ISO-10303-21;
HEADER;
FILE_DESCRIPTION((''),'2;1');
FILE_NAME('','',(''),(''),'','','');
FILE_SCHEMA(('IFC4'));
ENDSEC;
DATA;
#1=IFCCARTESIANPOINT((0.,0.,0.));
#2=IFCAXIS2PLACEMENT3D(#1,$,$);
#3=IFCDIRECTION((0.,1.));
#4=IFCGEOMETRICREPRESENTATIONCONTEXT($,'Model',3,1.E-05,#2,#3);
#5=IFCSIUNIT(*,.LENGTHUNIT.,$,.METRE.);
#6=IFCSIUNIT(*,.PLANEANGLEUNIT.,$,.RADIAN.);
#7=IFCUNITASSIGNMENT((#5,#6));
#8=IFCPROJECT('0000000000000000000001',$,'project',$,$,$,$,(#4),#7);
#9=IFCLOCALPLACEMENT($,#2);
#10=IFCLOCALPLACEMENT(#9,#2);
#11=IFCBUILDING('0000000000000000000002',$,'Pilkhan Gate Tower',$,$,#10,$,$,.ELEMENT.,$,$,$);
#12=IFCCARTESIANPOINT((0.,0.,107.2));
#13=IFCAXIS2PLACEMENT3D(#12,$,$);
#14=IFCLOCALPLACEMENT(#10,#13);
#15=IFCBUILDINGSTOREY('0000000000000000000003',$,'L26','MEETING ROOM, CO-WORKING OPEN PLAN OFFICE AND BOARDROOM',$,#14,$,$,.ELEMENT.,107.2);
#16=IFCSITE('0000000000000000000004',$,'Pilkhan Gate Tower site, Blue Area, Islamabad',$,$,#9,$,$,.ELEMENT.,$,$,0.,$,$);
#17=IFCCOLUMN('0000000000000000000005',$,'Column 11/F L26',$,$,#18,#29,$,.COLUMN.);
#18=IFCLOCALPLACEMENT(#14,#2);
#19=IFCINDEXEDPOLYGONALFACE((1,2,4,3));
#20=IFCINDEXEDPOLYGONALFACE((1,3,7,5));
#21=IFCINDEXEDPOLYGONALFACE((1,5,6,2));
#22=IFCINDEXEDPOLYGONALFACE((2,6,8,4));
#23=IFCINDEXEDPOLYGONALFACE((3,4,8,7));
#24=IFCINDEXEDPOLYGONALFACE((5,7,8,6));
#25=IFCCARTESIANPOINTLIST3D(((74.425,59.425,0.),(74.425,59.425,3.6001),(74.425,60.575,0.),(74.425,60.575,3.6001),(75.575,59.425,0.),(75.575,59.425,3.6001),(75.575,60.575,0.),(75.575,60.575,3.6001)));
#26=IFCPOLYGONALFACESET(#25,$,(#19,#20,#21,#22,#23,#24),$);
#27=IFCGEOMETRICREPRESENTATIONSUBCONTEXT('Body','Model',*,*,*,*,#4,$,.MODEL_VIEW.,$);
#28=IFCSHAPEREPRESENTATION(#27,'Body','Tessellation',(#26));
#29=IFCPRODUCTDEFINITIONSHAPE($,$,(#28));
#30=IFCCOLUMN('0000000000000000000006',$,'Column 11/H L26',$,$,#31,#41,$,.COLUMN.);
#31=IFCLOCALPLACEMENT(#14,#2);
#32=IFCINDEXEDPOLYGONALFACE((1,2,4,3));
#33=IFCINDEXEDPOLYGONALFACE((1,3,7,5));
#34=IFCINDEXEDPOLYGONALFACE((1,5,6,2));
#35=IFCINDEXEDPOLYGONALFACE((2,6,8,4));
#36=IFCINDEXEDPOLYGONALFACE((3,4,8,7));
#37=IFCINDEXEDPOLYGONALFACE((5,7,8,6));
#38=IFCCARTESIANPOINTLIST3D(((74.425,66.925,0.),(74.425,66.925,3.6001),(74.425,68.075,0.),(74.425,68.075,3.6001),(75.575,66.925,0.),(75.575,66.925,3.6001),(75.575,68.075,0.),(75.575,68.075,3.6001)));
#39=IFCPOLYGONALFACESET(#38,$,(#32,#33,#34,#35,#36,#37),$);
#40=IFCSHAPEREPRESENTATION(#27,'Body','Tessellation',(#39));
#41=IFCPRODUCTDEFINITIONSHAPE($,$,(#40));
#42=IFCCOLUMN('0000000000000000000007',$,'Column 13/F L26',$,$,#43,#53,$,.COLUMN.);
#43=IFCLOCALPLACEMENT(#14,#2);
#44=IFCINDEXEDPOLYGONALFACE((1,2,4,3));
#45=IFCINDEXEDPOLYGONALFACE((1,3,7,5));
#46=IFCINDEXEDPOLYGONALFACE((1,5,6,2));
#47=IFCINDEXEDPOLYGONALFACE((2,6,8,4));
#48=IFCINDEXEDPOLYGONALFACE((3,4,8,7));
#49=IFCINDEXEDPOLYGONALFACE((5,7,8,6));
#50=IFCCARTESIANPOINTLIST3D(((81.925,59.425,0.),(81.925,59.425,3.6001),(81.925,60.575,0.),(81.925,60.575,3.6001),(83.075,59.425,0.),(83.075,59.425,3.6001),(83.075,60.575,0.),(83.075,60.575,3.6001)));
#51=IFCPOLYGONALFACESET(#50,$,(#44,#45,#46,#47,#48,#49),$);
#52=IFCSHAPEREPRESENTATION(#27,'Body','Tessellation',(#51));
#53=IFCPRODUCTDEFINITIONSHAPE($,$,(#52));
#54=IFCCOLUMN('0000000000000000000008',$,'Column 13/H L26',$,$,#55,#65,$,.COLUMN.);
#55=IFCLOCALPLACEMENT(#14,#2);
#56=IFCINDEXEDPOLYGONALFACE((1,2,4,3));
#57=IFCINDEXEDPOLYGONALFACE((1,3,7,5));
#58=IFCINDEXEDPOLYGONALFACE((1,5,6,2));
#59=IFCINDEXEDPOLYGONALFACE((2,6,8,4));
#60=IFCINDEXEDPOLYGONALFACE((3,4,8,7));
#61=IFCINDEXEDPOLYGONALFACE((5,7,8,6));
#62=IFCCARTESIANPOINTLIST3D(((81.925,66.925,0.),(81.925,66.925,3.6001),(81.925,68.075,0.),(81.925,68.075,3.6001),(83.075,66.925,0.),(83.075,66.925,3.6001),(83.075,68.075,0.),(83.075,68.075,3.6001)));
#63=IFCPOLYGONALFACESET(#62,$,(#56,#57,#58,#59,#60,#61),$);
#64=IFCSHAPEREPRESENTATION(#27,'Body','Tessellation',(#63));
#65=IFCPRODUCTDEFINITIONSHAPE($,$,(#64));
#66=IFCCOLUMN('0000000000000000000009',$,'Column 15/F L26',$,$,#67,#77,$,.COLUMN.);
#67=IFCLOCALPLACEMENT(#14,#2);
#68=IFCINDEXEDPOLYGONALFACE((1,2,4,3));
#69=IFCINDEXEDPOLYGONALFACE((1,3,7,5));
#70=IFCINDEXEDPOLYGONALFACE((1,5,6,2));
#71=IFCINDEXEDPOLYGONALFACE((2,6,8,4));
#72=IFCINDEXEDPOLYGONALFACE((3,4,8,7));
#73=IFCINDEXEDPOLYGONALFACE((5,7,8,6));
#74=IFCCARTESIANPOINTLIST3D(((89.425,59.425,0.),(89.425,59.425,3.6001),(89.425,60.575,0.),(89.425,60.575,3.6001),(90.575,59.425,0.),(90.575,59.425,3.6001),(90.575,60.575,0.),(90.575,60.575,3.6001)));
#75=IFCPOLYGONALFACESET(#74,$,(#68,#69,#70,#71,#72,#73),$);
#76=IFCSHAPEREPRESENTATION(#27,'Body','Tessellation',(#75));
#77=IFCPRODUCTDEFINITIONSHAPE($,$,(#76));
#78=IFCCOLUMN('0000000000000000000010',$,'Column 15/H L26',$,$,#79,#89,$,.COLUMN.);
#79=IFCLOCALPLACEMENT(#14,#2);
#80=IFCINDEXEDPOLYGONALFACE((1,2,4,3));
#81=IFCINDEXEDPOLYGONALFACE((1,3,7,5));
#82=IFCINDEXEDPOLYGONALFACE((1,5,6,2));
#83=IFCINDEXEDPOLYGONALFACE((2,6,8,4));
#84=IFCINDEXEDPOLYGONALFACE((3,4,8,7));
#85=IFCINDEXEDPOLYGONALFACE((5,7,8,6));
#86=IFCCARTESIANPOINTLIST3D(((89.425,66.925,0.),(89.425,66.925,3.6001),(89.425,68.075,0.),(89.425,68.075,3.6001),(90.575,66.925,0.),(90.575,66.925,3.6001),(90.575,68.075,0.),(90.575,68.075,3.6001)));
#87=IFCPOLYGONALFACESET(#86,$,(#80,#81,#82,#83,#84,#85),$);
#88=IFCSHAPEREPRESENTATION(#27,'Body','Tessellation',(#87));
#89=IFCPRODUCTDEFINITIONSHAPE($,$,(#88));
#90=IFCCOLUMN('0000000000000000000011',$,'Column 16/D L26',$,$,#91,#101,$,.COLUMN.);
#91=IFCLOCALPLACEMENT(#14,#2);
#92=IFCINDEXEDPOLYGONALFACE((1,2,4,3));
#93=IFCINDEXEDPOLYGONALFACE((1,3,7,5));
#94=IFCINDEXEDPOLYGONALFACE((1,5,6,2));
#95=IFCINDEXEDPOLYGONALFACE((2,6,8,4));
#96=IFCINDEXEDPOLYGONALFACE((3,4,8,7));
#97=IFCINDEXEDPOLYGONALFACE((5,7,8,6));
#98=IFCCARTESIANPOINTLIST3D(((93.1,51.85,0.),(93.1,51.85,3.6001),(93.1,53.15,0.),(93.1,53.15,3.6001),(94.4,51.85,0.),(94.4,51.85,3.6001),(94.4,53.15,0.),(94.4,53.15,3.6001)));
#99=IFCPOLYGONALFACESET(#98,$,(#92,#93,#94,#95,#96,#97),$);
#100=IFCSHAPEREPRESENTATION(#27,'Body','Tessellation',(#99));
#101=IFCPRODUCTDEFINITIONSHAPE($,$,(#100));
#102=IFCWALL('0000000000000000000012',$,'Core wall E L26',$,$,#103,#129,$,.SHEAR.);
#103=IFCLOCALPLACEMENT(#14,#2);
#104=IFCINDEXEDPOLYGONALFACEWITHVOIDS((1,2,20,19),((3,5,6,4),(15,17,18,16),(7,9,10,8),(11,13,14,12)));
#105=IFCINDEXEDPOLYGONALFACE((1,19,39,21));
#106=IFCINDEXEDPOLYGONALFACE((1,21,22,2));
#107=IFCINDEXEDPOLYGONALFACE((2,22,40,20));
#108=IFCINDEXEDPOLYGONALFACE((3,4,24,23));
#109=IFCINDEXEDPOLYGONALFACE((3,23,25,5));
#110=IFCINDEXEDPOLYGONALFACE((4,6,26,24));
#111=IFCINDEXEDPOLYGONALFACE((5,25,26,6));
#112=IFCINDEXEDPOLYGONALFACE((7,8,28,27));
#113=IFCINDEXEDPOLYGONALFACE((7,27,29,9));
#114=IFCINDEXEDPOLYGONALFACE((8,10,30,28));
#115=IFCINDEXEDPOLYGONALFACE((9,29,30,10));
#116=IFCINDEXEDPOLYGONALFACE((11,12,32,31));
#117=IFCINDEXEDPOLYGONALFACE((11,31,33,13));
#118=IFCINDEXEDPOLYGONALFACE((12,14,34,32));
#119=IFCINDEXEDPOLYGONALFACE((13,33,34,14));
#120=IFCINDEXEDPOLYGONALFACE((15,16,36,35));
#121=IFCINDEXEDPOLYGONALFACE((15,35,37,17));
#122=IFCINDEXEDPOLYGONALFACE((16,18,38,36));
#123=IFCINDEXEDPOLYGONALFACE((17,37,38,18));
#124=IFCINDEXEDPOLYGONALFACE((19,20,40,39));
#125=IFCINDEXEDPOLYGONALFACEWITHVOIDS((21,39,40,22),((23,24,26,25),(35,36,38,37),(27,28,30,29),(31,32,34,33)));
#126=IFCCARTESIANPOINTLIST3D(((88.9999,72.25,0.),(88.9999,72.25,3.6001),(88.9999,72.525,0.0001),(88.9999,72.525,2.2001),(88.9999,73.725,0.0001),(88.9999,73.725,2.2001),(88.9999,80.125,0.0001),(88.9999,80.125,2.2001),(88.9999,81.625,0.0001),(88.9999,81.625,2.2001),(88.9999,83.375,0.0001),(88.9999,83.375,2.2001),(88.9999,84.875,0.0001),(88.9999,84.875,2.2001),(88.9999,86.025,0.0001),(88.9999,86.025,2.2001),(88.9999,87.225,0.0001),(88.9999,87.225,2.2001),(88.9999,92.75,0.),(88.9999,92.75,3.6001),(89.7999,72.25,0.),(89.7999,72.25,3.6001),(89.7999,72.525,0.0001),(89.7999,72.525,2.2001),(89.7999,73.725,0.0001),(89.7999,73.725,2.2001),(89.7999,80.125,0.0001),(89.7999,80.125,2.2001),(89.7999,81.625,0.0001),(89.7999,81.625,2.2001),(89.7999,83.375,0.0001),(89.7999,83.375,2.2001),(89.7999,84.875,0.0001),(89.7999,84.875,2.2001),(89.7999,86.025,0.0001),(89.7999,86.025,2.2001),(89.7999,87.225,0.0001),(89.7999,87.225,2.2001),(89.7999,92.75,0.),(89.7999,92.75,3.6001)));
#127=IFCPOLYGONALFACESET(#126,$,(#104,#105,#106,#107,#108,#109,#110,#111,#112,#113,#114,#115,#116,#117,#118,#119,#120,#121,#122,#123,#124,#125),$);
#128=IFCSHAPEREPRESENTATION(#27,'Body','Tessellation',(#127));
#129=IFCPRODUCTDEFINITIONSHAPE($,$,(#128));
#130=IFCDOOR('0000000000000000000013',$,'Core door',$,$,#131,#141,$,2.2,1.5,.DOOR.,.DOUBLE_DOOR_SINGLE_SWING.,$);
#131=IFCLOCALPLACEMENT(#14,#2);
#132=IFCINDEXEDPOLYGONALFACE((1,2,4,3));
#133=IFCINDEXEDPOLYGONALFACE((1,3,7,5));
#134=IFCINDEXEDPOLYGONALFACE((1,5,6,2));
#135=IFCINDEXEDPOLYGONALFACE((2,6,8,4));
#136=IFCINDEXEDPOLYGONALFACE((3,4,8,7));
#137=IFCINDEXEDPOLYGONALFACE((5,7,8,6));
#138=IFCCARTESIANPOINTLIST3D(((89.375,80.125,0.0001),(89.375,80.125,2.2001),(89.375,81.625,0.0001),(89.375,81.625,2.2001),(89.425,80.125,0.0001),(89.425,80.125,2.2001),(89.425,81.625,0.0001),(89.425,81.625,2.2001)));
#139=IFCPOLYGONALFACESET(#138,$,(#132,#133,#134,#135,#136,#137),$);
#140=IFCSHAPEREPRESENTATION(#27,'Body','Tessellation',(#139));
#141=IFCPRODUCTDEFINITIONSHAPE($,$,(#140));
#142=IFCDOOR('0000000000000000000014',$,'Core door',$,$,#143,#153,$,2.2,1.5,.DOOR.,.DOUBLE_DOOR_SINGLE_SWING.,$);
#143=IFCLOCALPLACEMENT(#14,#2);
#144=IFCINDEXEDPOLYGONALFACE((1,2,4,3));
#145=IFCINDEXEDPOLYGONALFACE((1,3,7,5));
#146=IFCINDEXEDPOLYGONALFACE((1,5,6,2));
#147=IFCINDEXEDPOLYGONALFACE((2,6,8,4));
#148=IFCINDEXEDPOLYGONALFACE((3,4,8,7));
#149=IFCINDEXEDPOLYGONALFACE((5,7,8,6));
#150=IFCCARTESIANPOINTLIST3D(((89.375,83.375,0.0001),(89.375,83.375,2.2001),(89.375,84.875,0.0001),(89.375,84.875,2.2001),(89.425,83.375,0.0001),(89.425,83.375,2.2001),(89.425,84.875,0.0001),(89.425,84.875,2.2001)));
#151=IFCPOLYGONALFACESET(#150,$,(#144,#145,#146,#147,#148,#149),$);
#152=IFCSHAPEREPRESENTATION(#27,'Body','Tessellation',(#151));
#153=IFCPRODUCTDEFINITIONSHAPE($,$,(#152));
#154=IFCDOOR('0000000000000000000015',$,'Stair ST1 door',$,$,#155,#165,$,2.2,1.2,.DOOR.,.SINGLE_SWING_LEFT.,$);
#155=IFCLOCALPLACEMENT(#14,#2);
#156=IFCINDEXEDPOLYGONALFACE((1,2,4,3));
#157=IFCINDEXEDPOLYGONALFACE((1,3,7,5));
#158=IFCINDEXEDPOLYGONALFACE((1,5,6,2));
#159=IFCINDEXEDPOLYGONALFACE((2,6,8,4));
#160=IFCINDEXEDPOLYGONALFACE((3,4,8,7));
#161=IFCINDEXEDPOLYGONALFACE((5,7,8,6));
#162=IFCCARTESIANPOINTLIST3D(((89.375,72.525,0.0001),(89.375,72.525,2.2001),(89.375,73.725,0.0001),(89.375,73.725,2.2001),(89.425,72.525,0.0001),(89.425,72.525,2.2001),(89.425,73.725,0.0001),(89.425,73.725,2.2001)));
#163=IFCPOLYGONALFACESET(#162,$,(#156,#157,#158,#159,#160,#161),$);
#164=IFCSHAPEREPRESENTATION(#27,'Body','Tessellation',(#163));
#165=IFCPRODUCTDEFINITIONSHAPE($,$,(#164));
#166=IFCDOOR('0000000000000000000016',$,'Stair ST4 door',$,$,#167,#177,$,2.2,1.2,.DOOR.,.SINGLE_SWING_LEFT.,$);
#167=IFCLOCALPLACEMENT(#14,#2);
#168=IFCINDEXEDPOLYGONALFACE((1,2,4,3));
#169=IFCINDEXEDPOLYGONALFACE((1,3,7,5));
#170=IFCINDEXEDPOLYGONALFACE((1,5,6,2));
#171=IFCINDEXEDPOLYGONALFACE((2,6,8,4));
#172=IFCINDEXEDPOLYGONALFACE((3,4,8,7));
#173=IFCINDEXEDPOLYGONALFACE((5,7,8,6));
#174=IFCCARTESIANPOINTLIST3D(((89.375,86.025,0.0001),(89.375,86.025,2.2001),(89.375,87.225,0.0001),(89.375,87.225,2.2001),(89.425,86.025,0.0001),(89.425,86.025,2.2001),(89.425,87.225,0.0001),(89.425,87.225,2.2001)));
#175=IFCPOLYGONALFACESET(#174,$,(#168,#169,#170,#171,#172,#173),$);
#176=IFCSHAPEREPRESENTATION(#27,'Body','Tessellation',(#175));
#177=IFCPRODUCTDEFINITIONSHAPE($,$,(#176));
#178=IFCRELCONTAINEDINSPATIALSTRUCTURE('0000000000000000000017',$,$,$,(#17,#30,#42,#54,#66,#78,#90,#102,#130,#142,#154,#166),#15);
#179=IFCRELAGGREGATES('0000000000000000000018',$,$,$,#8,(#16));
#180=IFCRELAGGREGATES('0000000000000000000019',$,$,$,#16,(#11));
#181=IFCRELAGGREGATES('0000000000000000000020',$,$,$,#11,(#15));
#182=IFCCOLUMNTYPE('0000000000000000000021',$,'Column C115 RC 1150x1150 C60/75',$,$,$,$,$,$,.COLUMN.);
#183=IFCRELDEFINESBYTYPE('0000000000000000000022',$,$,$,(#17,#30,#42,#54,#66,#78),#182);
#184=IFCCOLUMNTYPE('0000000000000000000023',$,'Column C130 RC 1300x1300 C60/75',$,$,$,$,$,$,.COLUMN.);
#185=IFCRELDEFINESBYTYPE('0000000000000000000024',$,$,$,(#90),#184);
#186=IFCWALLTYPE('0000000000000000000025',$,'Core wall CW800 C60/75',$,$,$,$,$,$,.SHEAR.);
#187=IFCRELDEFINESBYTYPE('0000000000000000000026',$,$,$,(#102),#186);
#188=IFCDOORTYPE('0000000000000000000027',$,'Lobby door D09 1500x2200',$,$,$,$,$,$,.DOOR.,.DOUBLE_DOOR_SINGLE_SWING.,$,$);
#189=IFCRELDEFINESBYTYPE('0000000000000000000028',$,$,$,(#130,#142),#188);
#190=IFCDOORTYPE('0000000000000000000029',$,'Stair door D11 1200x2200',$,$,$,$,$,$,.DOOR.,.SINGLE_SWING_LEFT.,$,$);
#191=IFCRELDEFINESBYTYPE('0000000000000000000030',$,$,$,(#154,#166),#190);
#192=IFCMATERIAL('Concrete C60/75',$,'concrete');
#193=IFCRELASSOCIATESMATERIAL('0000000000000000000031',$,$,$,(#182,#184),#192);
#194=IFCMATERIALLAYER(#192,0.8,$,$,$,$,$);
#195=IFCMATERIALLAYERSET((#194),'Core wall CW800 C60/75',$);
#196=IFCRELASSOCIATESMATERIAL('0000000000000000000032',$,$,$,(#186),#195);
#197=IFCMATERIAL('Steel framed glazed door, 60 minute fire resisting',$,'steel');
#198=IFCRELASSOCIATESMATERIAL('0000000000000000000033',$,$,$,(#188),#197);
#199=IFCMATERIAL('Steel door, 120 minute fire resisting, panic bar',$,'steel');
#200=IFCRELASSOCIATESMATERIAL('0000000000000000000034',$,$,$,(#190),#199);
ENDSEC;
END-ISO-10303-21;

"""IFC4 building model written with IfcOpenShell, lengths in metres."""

from ifc_helpers import new_model, si_unit, direction, frame, frame_2d, origin, origin_2d, place, context, subcontext, project, spatial, rectangle, extrude, material, layer, layer_set, material_profile, profile_set, type_object, element, fill, save


model = new_model("IFC4")

# Units and contexts
model_context = context("Model", 3, precision=1e-05, world=origin(), true_north=direction((0.0, 1.0)))
body_context = subcontext(model_context, "Body", "Model", "MODEL_VIEW")
ifc_project = project(units=[si_unit("LENGTHUNIT", "METRE"), si_unit("PLANEANGLEUNIT", "RADIAN")], contexts=[model_context])

# Site, building, storey
site_placement = place(None, origin())
site = spatial("IfcSite", under=ifc_project, at=site_placement, Name="Pilkhan Gate Tower site, Blue Area, Islamabad", CompositionType="ELEMENT", RefElevation=0.0)
building_placement = place(site_placement, origin())
building = spatial("IfcBuilding", under=site, at=building_placement, Name="Pilkhan Gate Tower", CompositionType="ELEMENT")
storey_placement = place(building_placement, frame((0.0, 0.0, 107.2)))
storey = spatial("IfcBuildingStorey", under=building, at=storey_placement, Name="L26", Description="MEETING ROOM, CO-WORKING OPEN PLAN OFFICE AND BOARDROOM", CompositionType="ELEMENT", Elevation=107.2)

# Columns
ifc_material_1 = material(Name="Concrete C60/75", Category="concrete")
ifc_material_profile_1 = material_profile(ifc_material_1, rectangle(XDim=1.1499, YDim=1.1499, at=origin_2d()), Name="RC 1150x1150")
ifc_profile_set_1 = profile_set([ifc_material_profile_1], Name="Concrete C60/75")
column_type_1 = type_object("IfcColumnType", Name="Column C115 RC 1150x1150 C60/75", PredefinedType="COLUMN", material=ifc_profile_set_1)
for number, where, z_axis, x_axis, name in (
    (1, (75.0, 60.0, 0.0), (0.0, 0.0, 1.0), (1.0, 0.0, 0.0), "Column 11/F L26"),
    (2, (75.0, 67.5, 0.0), (0.0, 0.0, 1.0), (1.0, 0.0, 0.0), "Column 11/H L26"),
    (3, (82.5, 60.0, 0.0), (0.0, 0.0, 1.0), (1.0, 0.0, 0.0), "Column 13/F L26"),
    (4, (82.5, 67.5, 0.0), (0.0, 0.0, 1.0), (1.0, 0.0, 0.0), "Column 13/H L26"),
    (5, (90.0, 60.0, 0.0), (0.0, 0.0, 1.0), (1.0, 0.0, 0.0), "Column 15/F L26"),
    (6, (90.0, 67.5, 0.0), (0.0, 0.0, 1.0), (1.0, 0.0, 0.0), "Column 15/H L26"),
):
    element("IfcColumn", number, at=place(storey_placement, frame(where, z_axis=z_axis, x_axis=x_axis)), inside=storey, type_object=column_type_1, Name=name, PredefinedType="COLUMN", context=body_context, shape_type="SweptSolid", body=[
        extrude(rectangle(XDim=1.1499, YDim=1.1499, at=origin_2d()), origin(), (0.0, 0.0, 1.0), 3.6001),
    ])
ifc_material_profile_2 = material_profile(ifc_material_1, rectangle(XDim=1.3, YDim=1.3, at=origin_2d()), Name="RC 1300x1300")
ifc_profile_set_2 = profile_set([ifc_material_profile_2], Name="Concrete C60/75")
column_type_2 = type_object("IfcColumnType", Name="Column C130 RC 1300x1300 C60/75", PredefinedType="COLUMN", material=ifc_profile_set_2)
column_placement = place(storey_placement, frame((93.75, 52.5, 0.0), z_axis=(0.0, 0.0, 1.0), x_axis=(1.0, 0.0, 0.0)))
element("IfcColumn", 7, at=column_placement, inside=storey, type_object=column_type_2, Name="Column 16/D L26", PredefinedType="COLUMN", context=body_context, shape_type="SweptSolid", body=[
    extrude(rectangle(XDim=1.3, YDim=1.3, at=origin_2d()), origin(), (0.0, 0.0, 1.0), 3.6001),
])

# Wall, openings, doors
ifc_layer_1 = layer(ifc_material_1, 0.8)
ifc_layer_set_1 = layer_set([ifc_layer_1], Name="Core wall CW800 C60/75")
wall_type_1 = type_object("IfcWallType", Name="Core wall CW800 C60/75", PredefinedType="SHEAR", material=ifc_layer_set_1)
wall_1_placement = place(storey_placement, frame((89.3999, 72.25, 0.0), z_axis=(0.0, 0.0, 1.0), x_axis=(0.0, 1.0, 0.0)))
wall_1 = element("IfcWall", 8, at=wall_1_placement, inside=storey, type_object=wall_type_1, Name="Core wall E L26", PredefinedType="SHEAR", context=body_context, shape_type="SweptSolid", body=[
    extrude(rectangle(XDim=20.5, YDim=0.8, at=frame_2d((10.25, 0.0))), origin(), (0.0, 0.0, 1.0), 3.6001),
])
opening_1_placement = place(wall_1_placement, frame((0.2749, 0.0, 0.0)))
opening_1 = element("IfcOpeningElement", 9, at=opening_1_placement, cuts=wall_1, PredefinedType="OPENING", context=body_context, shape_type="SweptSolid", body=[
    extrude(rectangle(XDim=1.2, YDim=2.2, at=frame_2d((0.6001, 1.1001))), frame((0.0, 0.4099, 0.0), z_axis=(0.0, -1.0, 0.0), x_axis=(1.0, 0.0, 0.0)), (0.0, 0.0, 1.0), 0.8201),
])
opening_2_placement = place(wall_1_placement, frame((13.7749, 0.0, 0.0)))
opening_2 = element("IfcOpeningElement", 10, at=opening_2_placement, cuts=wall_1, PredefinedType="OPENING", context=body_context, shape_type="SweptSolid", body=[
    extrude(rectangle(XDim=1.2, YDim=2.2, at=frame_2d((0.6001, 1.1001))), frame((0.0, 0.4099, 0.0), z_axis=(0.0, -1.0, 0.0), x_axis=(1.0, 0.0, 0.0)), (0.0, 0.0, 1.0), 0.8201),
])
opening_3_placement = place(wall_1_placement, frame((7.875, 0.0, 0.0)))
opening_3 = element("IfcOpeningElement", 11, at=opening_3_placement, cuts=wall_1, PredefinedType="OPENING", context=body_context, shape_type="SweptSolid", body=[
    extrude(rectangle(XDim=1.5, YDim=2.2, at=frame_2d((0.75, 1.1001))), frame((0.0, 0.4099, 0.0), z_axis=(0.0, -1.0, 0.0), x_axis=(1.0, 0.0, 0.0)), (0.0, 0.0, 1.0), 0.8201),
])
opening_4_placement = place(wall_1_placement, frame((11.125, 0.0, 0.0)))
opening_4 = element("IfcOpeningElement", 12, at=opening_4_placement, cuts=wall_1, PredefinedType="OPENING", context=body_context, shape_type="SweptSolid", body=[
    extrude(rectangle(XDim=1.5, YDim=2.2, at=frame_2d((0.75, 1.1001))), frame((0.0, 0.4099, 0.0), z_axis=(0.0, -1.0, 0.0), x_axis=(1.0, 0.0, 0.0)), (0.0, 0.0, 1.0), 0.8201),
])
ifc_material_2 = material(Name="Steel framed glazed door, 60 minute fire resisting", Category="steel")
door_type_1 = type_object("IfcDoorType", Name="Lobby door D09 1500x2200", OperationType="DOUBLE_DOOR_SINGLE_SWING", PredefinedType="DOOR", material=ifc_material_2)
door_1_placement = place(opening_3_placement, origin())
door_1 = element("IfcDoor", 13, at=door_1_placement, inside=storey, type_object=door_type_1, Name="Core door", OperationType="DOUBLE_DOOR_SINGLE_SWING", OverallHeight=2.2, OverallWidth=1.5, PredefinedType="DOOR", context=body_context, shape_type="SweptSolid", body=[
    extrude(rectangle(XDim=1.5, YDim=2.2, at=frame_2d((0.75, 1.1001))), frame((0.0, 0.0249, 0.0), z_axis=(0.0, -1.0, 0.0), x_axis=(1.0, 0.0, 0.0)), (0.0, 0.0, 1.0), 0.05),
])
fill(opening_3, door_1)
door_2_placement = place(opening_4_placement, origin())
door_2 = element("IfcDoor", 14, at=door_2_placement, inside=storey, type_object=door_type_1, Name="Core door", OperationType="DOUBLE_DOOR_SINGLE_SWING", OverallHeight=2.2, OverallWidth=1.5, PredefinedType="DOOR", context=body_context, shape_type="SweptSolid", body=[
    extrude(rectangle(XDim=1.5, YDim=2.2, at=frame_2d((0.75, 1.1001))), frame((0.0, 0.0249, 0.0), z_axis=(0.0, -1.0, 0.0), x_axis=(1.0, 0.0, 0.0)), (0.0, 0.0, 1.0), 0.05),
])
fill(opening_4, door_2)
ifc_material_3 = material(Name="Steel door, 120 minute fire resisting, panic bar", Category="steel")
door_type_2 = type_object("IfcDoorType", Name="Stair door D11 1200x2200", OperationType="SINGLE_SWING_LEFT", PredefinedType="DOOR", material=ifc_material_3)
door_3_placement = place(opening_1_placement, origin())
door_3 = element("IfcDoor", 15, at=door_3_placement, inside=storey, type_object=door_type_2, Name="Stair ST1 door", OperationType="SINGLE_SWING_LEFT", OverallHeight=2.2, OverallWidth=1.2, PredefinedType="DOOR", context=body_context, shape_type="SweptSolid", body=[
    extrude(rectangle(XDim=1.2, YDim=2.2, at=frame_2d((0.6001, 1.1001))), frame((0.0, 0.0249, 0.0), z_axis=(0.0, -1.0, 0.0), x_axis=(1.0, 0.0, 0.0)), (0.0, 0.0, 1.0), 0.05),
])
fill(opening_1, door_3)
door_4_placement = place(opening_2_placement, origin())
door_4 = element("IfcDoor", 16, at=door_4_placement, inside=storey, type_object=door_type_2, Name="Stair ST4 door", OperationType="SINGLE_SWING_LEFT", OverallHeight=2.2, OverallWidth=1.2, PredefinedType="DOOR", context=body_context, shape_type="SweptSolid", body=[
    extrude(rectangle(XDim=1.2, YDim=2.2, at=frame_2d((0.6001, 1.1001))), frame((0.0, 0.0249, 0.0), z_axis=(0.0, -1.0, 0.0), x_axis=(1.0, 0.0, 0.0)), (0.0, 0.0, 1.0), 0.05),
])
fill(opening_2, door_4)

save(model, "model.ifc")
